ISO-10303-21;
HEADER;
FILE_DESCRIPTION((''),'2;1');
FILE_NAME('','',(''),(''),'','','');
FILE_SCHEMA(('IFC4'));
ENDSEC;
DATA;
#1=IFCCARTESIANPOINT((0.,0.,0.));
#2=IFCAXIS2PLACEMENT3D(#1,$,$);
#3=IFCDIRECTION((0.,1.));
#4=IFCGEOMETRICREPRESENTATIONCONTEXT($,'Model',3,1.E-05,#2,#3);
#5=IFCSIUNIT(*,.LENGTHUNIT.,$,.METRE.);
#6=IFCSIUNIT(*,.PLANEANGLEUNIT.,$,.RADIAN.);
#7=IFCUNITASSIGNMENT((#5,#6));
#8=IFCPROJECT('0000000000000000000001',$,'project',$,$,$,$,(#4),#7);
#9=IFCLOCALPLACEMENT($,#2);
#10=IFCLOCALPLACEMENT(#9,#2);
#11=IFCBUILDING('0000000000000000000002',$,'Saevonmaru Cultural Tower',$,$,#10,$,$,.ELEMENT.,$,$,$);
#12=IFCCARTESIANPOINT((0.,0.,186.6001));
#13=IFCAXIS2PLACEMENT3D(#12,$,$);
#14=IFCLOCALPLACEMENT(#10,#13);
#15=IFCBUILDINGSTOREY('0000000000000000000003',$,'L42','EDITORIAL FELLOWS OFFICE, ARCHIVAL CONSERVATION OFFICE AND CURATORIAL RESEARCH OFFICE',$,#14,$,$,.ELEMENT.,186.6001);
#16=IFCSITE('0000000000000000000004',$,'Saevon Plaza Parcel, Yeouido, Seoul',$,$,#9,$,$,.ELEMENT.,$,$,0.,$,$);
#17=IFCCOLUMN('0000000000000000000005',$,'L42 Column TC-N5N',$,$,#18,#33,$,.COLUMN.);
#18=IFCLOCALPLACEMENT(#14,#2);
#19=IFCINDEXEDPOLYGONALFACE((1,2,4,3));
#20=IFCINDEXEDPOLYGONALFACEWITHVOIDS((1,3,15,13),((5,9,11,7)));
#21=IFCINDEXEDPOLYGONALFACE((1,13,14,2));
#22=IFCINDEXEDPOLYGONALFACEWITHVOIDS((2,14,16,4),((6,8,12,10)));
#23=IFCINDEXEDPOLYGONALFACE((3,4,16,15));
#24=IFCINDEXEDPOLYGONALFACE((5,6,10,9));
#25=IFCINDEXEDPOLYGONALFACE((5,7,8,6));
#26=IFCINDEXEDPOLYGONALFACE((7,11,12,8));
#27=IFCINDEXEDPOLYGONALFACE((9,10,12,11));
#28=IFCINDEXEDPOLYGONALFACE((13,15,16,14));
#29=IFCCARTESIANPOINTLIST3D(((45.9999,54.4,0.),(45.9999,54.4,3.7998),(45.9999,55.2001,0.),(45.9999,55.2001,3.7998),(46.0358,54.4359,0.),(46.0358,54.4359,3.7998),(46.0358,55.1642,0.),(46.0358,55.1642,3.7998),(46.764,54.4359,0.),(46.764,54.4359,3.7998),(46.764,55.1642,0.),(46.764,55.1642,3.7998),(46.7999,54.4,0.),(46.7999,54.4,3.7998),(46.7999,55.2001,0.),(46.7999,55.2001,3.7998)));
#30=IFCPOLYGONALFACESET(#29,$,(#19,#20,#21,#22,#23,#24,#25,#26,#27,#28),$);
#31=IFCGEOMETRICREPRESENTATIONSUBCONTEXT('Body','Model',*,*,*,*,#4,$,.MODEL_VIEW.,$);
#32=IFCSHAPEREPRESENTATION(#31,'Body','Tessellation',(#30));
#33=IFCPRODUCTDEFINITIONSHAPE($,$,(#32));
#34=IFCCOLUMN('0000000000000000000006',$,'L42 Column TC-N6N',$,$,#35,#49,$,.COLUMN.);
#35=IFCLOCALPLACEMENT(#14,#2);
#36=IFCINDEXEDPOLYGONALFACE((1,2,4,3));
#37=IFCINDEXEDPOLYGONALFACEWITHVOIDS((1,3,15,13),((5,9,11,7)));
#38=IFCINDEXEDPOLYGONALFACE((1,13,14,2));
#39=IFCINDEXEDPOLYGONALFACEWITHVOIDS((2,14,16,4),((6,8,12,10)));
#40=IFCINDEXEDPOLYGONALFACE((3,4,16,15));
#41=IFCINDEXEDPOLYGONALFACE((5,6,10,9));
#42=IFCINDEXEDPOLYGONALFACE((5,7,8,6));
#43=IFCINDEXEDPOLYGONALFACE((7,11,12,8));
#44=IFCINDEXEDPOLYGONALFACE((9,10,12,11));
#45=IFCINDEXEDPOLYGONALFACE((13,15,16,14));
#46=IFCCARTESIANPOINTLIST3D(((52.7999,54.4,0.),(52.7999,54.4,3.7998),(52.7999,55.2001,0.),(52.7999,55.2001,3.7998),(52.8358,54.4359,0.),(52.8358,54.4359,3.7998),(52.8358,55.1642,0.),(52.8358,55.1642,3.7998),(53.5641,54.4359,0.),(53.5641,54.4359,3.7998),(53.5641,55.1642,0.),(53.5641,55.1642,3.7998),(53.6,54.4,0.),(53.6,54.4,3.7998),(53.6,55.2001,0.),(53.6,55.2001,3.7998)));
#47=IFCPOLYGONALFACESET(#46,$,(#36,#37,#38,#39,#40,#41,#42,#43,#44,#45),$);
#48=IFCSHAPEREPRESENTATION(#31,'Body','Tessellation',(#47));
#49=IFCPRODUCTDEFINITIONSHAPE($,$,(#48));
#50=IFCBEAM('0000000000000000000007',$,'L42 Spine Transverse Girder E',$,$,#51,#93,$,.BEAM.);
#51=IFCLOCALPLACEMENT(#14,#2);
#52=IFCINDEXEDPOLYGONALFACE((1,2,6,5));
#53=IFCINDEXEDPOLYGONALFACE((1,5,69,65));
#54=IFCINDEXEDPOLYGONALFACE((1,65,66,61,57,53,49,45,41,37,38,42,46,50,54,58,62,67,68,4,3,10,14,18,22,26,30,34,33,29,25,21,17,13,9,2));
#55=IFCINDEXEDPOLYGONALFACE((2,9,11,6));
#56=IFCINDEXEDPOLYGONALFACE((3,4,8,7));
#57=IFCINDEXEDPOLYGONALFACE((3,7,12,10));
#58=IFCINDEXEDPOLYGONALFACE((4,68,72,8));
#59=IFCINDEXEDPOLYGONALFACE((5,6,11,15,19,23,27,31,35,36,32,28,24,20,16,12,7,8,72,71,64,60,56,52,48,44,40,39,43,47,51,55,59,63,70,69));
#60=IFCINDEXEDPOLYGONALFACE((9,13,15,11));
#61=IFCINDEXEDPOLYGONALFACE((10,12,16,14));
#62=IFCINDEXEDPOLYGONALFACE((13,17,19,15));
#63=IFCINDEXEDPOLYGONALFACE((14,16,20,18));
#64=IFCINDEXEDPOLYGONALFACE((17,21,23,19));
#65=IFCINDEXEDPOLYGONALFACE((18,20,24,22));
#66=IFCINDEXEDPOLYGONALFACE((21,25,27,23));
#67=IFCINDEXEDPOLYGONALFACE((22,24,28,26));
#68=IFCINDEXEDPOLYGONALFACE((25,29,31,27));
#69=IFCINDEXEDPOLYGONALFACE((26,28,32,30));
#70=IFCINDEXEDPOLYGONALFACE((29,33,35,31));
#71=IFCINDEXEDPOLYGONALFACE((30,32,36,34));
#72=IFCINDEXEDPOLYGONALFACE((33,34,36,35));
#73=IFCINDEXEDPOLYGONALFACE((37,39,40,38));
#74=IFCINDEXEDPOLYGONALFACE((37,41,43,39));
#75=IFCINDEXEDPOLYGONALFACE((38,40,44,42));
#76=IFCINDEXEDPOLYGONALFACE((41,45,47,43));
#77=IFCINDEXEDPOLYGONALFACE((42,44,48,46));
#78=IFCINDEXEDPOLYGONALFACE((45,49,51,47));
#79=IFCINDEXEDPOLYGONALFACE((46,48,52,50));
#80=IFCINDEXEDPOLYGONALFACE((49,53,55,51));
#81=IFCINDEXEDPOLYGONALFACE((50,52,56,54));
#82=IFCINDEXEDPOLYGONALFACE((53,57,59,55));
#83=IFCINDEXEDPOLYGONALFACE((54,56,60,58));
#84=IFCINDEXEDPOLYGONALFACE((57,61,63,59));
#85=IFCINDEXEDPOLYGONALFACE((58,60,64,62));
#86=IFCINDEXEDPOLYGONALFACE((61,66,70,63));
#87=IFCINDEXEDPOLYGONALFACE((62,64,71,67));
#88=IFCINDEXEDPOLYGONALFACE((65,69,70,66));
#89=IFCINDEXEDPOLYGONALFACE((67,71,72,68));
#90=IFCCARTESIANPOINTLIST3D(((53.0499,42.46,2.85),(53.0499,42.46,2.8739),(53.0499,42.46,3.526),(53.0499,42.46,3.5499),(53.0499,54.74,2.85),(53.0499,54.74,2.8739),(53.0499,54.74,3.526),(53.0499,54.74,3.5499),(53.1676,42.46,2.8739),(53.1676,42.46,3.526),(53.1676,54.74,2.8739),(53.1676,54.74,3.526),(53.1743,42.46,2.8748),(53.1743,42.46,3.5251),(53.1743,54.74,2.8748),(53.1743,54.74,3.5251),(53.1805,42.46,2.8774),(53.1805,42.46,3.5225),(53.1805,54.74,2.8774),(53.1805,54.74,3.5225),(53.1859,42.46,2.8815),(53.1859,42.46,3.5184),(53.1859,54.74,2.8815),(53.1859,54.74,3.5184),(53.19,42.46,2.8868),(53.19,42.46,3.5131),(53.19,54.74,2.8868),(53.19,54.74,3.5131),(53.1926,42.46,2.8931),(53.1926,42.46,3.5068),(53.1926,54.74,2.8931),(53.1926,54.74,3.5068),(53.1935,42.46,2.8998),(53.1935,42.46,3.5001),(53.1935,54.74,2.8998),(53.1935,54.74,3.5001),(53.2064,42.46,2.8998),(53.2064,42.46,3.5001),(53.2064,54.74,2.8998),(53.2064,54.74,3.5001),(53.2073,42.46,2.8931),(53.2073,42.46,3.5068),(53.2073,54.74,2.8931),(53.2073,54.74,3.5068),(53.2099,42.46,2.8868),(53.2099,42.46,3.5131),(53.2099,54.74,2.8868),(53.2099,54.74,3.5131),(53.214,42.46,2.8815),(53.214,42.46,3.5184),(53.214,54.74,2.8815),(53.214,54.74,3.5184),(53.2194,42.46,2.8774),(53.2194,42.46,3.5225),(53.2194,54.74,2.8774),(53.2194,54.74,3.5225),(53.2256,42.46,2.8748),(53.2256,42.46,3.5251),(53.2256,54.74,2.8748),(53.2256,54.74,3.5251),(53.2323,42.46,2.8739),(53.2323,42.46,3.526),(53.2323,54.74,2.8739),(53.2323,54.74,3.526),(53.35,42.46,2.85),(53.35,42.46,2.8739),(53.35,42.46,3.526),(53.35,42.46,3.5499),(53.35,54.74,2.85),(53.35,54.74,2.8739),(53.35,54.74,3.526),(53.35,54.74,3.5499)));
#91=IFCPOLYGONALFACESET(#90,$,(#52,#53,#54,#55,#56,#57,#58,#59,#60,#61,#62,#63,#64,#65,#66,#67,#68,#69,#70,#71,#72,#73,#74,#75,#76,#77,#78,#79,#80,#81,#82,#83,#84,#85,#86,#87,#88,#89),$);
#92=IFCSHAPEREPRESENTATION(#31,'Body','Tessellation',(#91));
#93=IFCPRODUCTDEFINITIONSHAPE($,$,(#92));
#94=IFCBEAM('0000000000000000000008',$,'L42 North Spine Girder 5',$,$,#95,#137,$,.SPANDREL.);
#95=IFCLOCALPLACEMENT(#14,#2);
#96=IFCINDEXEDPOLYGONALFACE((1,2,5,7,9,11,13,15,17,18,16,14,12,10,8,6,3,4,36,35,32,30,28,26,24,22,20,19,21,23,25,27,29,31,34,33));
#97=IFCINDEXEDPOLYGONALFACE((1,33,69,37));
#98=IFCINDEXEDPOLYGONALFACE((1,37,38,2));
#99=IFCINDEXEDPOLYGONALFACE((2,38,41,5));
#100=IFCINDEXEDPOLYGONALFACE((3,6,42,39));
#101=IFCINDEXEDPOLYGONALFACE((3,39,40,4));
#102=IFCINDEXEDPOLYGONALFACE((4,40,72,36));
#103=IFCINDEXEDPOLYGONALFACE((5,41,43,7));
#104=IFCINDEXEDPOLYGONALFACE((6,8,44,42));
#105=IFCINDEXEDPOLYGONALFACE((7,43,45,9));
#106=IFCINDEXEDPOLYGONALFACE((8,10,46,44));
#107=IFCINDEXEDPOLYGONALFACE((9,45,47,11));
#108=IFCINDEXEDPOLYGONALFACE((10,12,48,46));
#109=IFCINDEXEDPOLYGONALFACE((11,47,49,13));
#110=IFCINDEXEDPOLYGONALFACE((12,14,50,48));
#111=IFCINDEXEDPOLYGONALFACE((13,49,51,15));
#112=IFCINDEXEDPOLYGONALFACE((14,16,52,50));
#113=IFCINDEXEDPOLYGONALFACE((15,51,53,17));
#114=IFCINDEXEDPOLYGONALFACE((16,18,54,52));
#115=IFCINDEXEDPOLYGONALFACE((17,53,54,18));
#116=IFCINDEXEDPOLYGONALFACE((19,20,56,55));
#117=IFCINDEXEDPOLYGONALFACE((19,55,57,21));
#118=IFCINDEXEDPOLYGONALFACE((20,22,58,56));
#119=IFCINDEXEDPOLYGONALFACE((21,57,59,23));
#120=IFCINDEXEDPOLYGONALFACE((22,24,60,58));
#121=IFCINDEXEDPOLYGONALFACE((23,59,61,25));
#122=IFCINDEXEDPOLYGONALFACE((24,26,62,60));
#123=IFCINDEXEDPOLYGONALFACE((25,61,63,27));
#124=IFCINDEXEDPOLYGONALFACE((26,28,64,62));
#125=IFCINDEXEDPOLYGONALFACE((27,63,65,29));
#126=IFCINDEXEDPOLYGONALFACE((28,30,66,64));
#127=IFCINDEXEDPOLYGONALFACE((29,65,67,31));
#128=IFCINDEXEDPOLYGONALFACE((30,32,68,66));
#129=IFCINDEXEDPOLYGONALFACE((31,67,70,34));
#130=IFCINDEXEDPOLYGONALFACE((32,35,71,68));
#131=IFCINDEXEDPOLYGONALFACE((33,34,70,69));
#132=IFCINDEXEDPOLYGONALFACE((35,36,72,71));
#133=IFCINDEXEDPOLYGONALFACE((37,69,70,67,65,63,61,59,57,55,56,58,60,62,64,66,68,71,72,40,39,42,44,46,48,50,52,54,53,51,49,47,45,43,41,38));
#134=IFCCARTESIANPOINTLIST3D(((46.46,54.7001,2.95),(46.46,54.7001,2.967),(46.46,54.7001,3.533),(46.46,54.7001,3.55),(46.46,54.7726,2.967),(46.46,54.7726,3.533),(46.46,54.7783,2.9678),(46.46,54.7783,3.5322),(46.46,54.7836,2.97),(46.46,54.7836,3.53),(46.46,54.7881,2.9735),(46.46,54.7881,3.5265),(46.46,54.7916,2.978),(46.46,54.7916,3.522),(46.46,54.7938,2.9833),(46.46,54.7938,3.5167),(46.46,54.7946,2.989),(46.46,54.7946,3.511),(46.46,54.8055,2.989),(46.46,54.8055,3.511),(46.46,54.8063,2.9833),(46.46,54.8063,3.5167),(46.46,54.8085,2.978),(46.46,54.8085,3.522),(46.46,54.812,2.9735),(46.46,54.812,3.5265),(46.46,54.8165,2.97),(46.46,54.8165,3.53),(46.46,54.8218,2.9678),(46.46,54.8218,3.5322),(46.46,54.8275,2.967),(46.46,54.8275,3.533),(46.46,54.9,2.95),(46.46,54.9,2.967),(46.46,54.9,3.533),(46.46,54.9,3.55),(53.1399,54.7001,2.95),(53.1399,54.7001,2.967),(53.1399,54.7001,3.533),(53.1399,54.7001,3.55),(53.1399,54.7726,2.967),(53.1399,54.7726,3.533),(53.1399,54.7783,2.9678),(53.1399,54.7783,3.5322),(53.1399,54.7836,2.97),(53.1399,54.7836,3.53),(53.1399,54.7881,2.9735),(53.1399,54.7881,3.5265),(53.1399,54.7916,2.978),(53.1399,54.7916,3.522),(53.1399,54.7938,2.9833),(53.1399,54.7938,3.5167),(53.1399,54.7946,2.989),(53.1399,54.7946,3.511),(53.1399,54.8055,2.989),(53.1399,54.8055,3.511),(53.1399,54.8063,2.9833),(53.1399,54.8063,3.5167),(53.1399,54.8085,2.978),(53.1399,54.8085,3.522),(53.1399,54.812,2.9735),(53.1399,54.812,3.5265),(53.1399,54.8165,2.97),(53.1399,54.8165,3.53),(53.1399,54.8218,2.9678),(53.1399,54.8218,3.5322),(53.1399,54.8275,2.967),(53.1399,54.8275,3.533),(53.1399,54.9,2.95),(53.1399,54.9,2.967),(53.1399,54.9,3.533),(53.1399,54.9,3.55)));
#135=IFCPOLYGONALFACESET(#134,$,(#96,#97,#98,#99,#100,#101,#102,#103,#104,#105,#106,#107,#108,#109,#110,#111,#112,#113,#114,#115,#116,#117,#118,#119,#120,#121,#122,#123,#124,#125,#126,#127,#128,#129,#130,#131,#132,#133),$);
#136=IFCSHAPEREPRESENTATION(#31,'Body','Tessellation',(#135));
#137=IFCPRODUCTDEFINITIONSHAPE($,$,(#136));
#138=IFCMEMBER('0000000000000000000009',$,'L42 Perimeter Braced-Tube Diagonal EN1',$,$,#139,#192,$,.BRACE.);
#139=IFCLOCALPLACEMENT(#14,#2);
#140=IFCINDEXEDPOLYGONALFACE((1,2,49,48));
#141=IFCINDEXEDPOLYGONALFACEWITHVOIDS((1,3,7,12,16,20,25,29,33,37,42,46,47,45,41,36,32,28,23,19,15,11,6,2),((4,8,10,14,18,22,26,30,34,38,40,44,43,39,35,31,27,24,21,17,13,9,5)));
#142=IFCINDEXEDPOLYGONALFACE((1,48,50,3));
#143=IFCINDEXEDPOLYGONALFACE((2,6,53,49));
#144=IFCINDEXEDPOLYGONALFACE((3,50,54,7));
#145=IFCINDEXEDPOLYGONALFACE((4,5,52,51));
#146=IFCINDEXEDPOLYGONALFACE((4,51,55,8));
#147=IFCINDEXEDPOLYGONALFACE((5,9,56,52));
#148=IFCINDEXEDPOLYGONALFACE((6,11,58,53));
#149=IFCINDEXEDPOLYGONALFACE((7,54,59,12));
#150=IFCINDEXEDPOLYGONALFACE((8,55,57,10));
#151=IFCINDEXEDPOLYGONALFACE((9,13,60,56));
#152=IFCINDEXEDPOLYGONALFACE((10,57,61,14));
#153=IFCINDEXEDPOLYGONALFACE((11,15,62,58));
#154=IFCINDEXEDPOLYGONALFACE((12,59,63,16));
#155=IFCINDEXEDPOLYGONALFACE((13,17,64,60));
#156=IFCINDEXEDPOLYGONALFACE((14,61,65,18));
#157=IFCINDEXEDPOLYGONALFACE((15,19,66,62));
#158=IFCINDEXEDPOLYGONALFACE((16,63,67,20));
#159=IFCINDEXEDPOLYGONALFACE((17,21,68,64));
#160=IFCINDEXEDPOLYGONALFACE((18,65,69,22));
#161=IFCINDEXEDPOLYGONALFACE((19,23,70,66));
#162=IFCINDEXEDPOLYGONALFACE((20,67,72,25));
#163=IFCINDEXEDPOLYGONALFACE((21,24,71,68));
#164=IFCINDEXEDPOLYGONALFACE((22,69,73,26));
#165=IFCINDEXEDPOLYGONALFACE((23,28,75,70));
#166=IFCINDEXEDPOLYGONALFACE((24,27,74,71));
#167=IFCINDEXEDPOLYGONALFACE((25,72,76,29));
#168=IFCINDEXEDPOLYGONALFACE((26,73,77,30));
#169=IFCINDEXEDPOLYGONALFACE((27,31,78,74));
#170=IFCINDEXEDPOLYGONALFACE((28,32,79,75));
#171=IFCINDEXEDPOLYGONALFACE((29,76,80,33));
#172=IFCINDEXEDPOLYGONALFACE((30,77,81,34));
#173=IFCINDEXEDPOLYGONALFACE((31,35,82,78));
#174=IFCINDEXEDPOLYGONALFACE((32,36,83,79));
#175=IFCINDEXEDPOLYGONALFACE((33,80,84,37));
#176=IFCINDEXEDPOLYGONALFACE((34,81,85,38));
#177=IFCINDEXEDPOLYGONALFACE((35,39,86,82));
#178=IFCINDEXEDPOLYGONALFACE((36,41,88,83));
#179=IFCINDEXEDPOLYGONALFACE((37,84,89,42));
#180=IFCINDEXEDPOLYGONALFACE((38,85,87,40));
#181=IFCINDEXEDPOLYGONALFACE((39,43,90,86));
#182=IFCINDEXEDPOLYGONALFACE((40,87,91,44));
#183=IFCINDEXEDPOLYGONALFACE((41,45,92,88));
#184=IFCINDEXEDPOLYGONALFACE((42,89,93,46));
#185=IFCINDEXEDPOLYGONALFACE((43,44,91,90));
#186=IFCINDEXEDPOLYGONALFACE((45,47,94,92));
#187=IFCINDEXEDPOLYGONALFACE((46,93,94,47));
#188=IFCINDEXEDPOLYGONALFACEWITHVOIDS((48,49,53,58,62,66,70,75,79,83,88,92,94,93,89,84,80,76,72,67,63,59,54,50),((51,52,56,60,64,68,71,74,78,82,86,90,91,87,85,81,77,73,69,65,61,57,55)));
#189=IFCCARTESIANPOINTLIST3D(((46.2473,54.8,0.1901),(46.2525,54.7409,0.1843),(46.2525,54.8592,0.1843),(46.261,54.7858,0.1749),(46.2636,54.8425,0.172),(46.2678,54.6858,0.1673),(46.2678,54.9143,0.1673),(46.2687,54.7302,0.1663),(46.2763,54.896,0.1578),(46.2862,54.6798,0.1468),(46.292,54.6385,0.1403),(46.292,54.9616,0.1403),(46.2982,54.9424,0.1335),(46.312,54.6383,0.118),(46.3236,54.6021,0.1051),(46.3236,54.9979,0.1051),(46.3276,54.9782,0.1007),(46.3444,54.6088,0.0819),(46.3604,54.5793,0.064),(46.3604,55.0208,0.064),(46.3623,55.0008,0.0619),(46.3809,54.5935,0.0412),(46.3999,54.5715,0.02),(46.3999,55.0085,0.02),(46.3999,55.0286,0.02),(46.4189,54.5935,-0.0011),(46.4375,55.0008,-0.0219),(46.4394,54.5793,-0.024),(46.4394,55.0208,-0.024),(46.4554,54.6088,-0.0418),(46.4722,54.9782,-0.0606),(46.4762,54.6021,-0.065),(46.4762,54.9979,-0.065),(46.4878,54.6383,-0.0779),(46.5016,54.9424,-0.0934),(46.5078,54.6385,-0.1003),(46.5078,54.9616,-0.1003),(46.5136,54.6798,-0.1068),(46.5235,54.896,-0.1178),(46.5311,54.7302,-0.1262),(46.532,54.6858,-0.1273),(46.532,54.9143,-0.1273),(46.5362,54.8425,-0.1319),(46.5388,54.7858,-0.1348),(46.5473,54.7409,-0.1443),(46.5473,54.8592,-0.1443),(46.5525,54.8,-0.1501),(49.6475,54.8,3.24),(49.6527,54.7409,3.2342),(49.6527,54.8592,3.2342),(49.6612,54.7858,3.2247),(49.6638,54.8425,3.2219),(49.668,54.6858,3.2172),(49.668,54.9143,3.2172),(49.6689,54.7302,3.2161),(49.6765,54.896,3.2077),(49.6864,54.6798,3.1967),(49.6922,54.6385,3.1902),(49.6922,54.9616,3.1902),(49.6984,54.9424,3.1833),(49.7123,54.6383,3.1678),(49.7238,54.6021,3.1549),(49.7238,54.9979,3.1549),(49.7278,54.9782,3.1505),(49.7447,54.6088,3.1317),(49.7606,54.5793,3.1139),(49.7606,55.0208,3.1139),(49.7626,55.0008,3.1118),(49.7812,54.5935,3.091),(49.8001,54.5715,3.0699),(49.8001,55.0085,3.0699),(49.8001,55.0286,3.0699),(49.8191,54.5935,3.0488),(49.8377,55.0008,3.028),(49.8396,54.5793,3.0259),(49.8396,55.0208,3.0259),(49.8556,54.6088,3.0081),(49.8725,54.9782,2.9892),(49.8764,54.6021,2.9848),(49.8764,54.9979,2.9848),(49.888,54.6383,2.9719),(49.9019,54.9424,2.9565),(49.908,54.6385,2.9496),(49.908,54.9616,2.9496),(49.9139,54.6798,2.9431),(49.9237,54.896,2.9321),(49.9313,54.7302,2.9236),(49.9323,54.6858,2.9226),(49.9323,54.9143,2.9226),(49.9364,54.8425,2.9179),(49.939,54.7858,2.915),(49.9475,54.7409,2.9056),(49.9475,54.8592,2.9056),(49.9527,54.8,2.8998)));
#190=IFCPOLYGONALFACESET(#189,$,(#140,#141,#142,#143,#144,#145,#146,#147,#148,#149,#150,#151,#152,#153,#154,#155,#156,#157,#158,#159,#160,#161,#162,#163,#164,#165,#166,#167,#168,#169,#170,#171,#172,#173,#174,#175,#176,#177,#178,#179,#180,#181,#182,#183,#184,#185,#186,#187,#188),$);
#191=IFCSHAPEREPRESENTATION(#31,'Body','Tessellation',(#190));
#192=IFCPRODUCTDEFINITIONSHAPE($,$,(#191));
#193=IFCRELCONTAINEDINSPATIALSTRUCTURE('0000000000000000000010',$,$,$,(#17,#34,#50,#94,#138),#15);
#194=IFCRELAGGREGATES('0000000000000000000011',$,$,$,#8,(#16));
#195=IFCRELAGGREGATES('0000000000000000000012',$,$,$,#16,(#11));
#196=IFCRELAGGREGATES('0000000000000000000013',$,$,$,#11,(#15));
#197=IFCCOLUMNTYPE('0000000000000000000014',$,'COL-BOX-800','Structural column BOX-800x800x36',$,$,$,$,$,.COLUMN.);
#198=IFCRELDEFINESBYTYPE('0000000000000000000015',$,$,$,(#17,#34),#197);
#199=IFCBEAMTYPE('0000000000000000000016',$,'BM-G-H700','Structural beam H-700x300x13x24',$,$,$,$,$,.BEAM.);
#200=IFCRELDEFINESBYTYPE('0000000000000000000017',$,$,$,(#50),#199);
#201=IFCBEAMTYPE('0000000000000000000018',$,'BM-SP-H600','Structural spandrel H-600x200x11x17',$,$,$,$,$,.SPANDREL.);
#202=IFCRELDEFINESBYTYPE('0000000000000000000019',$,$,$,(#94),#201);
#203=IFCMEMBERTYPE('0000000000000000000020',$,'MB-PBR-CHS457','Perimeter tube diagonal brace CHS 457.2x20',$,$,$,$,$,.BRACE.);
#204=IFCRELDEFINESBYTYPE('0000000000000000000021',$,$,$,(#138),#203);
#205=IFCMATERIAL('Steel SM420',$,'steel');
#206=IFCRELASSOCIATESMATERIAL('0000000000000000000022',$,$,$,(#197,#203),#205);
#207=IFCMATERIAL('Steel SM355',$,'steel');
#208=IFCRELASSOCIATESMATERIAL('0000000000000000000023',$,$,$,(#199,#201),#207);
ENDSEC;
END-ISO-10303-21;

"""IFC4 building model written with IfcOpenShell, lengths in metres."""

from ifc_helpers import new_model, si_unit, direction, frame, origin, origin_2d, place, context, subcontext, project, spatial, hollow_rectangle, hollow_circle, i_section, extrude, material, material_profile, profile_set, type_object, element, save


model = new_model("IFC4")

# Units and contexts
model_context = context("Model", 3, precision=1e-05, world=origin(), true_north=direction((0.0, 1.0)))
body_context = subcontext(model_context, "Body", "Model", "MODEL_VIEW")
ifc_project = project(units=[si_unit("LENGTHUNIT", "METRE"), si_unit("PLANEANGLEUNIT", "RADIAN")], contexts=[model_context])

# Site, building, storey
site_placement = place(None, origin())
site = spatial("IfcSite", under=ifc_project, at=site_placement, Name="Saevon Plaza Parcel, Yeouido, Seoul", CompositionType="ELEMENT", RefElevation=0.0)
building_placement = place(site_placement, origin())
building = spatial("IfcBuilding", under=site, at=building_placement, Name="Saevonmaru Cultural Tower", CompositionType="ELEMENT")
storey_placement = place(building_placement, frame((0.0, 0.0, 186.6001)))
storey = spatial("IfcBuildingStorey", under=building, at=storey_placement, Name="L42", Description="EDITORIAL FELLOWS OFFICE, ARCHIVAL CONSERVATION OFFICE AND CURATORIAL RESEARCH OFFICE", CompositionType="ELEMENT", Elevation=186.6001)

# Columns
ifc_material_1 = material(Name="Steel SM420", Category="steel")
ifc_material_profile_1 = material_profile(ifc_material_1, hollow_rectangle(XDim=0.8, YDim=0.8, WallThickness=0.0359, at=origin_2d()), Name="BOX-800x800x36")
ifc_profile_set_1 = profile_set([ifc_material_profile_1], Name="Steel SM420")
column_type = type_object("IfcColumnType", Name="COL-BOX-800", Description="Structural column BOX-800x800x36", PredefinedType="COLUMN", material=ifc_profile_set_1)
for number, where, z_axis, x_axis, name in (
    (1, (46.3999, 54.8, 0.0), (0.0, 0.0, 1.0), (1.0, 0.0, 0.0), "L42 Column TC-N5N"),
    (2, (53.2, 54.8, 0.0), (0.0, 0.0, 1.0), (1.0, 0.0, 0.0), "L42 Column TC-N6N"),
):
    element("IfcColumn", number, at=place(storey_placement, frame(where, z_axis=z_axis, x_axis=x_axis)), inside=storey, type_object=column_type, Name=name, PredefinedType="COLUMN", context=body_context, shape_type="SweptSolid", body=[
        extrude(hollow_rectangle(XDim=0.8, YDim=0.8, WallThickness=0.0359, at=origin_2d()), origin(), (0.0, 0.0, 1.0), 3.7998),
    ])

# Beams
ifc_material_2 = material(Name="Steel SM355", Category="steel")
ifc_material_profile_2 = material_profile(ifc_material_2, i_section(OverallWidth=0.3, OverallDepth=0.7, WebThickness=0.0129, FlangeThickness=0.0239, FilletRadius=0.0259, at=origin_2d()), Name="H-700x300x13x24")
ifc_profile_set_2 = profile_set([ifc_material_profile_2], Name="Steel SM355")
beam_type_1 = type_object("IfcBeamType", Name="BM-G-H700", Description="Structural beam H-700x300x13x24", PredefinedType="BEAM", material=ifc_profile_set_2)
beam_1_placement = place(storey_placement, frame((53.2, 54.74, 3.2), z_axis=(0.0, -1.0, 0.0), x_axis=(1.0, 0.0, 0.0)))
element("IfcBeam", 3, at=beam_1_placement, inside=storey, type_object=beam_type_1, Name="L42 Spine Transverse Girder E", PredefinedType="BEAM", context=body_context, shape_type="SweptSolid", body=[
    extrude(i_section(OverallWidth=0.3, OverallDepth=0.7, WebThickness=0.0129, FlangeThickness=0.0239, FilletRadius=0.0259, at=origin_2d()), origin(), (0.0, 0.0, 1.0), 12.28),
])
ifc_material_profile_3 = material_profile(ifc_material_2, i_section(OverallWidth=0.2, OverallDepth=0.6001, WebThickness=0.011, FlangeThickness=0.0171, FilletRadius=0.022, at=origin_2d()), Name="H-600x200x11x17")
ifc_profile_set_3 = profile_set([ifc_material_profile_3], Name="Steel SM355")
beam_type_2 = type_object("IfcBeamType", Name="BM-SP-H600", Description="Structural spandrel H-600x200x11x17", PredefinedType="SPANDREL", material=ifc_profile_set_3)
beam_2_placement = place(storey_placement, frame((46.46, 54.8, 3.25), z_axis=(1.0, 0.0, 0.0), x_axis=(0.0, 1.0, 0.0)))
element("IfcBeam", 4, at=beam_2_placement, inside=storey, type_object=beam_type_2, Name="L42 North Spine Girder 5", PredefinedType="SPANDREL", context=body_context, shape_type="SweptSolid", body=[
    extrude(i_section(OverallWidth=0.2, OverallDepth=0.6001, WebThickness=0.011, FlangeThickness=0.0171, FilletRadius=0.022, at=origin_2d()), origin(), (0.0, 0.0, 1.0), 6.6799),
])

# Member
ifc_material_profile_4 = material_profile(ifc_material_1, hollow_circle(Radius=0.2285, WallThickness=0.02, at=origin_2d()), Name="CHS-457.2x20")
ifc_profile_set_4 = profile_set([ifc_material_profile_4], Name="Steel SM420")
member_type_1 = type_object("IfcMemberType", Name="MB-PBR-CHS457", Description="Perimeter tube diagonal brace CHS 457.2x20", PredefinedType="BRACE", material=ifc_profile_set_4)
member_1_placement = place(storey_placement, frame((46.3999, 54.8, 0.02), z_axis=(0.744417, 0.0, 0.667715), x_axis=(0.0, 1.0, 0.0)))
element("IfcMember", 5, at=member_1_placement, inside=storey, type_object=member_type_1, Name="L42 Perimeter Braced-Tube Diagonal EN1", PredefinedType="BRACE", context=body_context, shape_type="SweptSolid", body=[
    extrude(hollow_circle(Radius=0.2285, WallThickness=0.02, at=origin_2d()), origin(), (0.0, 0.0, 1.0), 4.5676),
])

save(model, "model.ifc")
